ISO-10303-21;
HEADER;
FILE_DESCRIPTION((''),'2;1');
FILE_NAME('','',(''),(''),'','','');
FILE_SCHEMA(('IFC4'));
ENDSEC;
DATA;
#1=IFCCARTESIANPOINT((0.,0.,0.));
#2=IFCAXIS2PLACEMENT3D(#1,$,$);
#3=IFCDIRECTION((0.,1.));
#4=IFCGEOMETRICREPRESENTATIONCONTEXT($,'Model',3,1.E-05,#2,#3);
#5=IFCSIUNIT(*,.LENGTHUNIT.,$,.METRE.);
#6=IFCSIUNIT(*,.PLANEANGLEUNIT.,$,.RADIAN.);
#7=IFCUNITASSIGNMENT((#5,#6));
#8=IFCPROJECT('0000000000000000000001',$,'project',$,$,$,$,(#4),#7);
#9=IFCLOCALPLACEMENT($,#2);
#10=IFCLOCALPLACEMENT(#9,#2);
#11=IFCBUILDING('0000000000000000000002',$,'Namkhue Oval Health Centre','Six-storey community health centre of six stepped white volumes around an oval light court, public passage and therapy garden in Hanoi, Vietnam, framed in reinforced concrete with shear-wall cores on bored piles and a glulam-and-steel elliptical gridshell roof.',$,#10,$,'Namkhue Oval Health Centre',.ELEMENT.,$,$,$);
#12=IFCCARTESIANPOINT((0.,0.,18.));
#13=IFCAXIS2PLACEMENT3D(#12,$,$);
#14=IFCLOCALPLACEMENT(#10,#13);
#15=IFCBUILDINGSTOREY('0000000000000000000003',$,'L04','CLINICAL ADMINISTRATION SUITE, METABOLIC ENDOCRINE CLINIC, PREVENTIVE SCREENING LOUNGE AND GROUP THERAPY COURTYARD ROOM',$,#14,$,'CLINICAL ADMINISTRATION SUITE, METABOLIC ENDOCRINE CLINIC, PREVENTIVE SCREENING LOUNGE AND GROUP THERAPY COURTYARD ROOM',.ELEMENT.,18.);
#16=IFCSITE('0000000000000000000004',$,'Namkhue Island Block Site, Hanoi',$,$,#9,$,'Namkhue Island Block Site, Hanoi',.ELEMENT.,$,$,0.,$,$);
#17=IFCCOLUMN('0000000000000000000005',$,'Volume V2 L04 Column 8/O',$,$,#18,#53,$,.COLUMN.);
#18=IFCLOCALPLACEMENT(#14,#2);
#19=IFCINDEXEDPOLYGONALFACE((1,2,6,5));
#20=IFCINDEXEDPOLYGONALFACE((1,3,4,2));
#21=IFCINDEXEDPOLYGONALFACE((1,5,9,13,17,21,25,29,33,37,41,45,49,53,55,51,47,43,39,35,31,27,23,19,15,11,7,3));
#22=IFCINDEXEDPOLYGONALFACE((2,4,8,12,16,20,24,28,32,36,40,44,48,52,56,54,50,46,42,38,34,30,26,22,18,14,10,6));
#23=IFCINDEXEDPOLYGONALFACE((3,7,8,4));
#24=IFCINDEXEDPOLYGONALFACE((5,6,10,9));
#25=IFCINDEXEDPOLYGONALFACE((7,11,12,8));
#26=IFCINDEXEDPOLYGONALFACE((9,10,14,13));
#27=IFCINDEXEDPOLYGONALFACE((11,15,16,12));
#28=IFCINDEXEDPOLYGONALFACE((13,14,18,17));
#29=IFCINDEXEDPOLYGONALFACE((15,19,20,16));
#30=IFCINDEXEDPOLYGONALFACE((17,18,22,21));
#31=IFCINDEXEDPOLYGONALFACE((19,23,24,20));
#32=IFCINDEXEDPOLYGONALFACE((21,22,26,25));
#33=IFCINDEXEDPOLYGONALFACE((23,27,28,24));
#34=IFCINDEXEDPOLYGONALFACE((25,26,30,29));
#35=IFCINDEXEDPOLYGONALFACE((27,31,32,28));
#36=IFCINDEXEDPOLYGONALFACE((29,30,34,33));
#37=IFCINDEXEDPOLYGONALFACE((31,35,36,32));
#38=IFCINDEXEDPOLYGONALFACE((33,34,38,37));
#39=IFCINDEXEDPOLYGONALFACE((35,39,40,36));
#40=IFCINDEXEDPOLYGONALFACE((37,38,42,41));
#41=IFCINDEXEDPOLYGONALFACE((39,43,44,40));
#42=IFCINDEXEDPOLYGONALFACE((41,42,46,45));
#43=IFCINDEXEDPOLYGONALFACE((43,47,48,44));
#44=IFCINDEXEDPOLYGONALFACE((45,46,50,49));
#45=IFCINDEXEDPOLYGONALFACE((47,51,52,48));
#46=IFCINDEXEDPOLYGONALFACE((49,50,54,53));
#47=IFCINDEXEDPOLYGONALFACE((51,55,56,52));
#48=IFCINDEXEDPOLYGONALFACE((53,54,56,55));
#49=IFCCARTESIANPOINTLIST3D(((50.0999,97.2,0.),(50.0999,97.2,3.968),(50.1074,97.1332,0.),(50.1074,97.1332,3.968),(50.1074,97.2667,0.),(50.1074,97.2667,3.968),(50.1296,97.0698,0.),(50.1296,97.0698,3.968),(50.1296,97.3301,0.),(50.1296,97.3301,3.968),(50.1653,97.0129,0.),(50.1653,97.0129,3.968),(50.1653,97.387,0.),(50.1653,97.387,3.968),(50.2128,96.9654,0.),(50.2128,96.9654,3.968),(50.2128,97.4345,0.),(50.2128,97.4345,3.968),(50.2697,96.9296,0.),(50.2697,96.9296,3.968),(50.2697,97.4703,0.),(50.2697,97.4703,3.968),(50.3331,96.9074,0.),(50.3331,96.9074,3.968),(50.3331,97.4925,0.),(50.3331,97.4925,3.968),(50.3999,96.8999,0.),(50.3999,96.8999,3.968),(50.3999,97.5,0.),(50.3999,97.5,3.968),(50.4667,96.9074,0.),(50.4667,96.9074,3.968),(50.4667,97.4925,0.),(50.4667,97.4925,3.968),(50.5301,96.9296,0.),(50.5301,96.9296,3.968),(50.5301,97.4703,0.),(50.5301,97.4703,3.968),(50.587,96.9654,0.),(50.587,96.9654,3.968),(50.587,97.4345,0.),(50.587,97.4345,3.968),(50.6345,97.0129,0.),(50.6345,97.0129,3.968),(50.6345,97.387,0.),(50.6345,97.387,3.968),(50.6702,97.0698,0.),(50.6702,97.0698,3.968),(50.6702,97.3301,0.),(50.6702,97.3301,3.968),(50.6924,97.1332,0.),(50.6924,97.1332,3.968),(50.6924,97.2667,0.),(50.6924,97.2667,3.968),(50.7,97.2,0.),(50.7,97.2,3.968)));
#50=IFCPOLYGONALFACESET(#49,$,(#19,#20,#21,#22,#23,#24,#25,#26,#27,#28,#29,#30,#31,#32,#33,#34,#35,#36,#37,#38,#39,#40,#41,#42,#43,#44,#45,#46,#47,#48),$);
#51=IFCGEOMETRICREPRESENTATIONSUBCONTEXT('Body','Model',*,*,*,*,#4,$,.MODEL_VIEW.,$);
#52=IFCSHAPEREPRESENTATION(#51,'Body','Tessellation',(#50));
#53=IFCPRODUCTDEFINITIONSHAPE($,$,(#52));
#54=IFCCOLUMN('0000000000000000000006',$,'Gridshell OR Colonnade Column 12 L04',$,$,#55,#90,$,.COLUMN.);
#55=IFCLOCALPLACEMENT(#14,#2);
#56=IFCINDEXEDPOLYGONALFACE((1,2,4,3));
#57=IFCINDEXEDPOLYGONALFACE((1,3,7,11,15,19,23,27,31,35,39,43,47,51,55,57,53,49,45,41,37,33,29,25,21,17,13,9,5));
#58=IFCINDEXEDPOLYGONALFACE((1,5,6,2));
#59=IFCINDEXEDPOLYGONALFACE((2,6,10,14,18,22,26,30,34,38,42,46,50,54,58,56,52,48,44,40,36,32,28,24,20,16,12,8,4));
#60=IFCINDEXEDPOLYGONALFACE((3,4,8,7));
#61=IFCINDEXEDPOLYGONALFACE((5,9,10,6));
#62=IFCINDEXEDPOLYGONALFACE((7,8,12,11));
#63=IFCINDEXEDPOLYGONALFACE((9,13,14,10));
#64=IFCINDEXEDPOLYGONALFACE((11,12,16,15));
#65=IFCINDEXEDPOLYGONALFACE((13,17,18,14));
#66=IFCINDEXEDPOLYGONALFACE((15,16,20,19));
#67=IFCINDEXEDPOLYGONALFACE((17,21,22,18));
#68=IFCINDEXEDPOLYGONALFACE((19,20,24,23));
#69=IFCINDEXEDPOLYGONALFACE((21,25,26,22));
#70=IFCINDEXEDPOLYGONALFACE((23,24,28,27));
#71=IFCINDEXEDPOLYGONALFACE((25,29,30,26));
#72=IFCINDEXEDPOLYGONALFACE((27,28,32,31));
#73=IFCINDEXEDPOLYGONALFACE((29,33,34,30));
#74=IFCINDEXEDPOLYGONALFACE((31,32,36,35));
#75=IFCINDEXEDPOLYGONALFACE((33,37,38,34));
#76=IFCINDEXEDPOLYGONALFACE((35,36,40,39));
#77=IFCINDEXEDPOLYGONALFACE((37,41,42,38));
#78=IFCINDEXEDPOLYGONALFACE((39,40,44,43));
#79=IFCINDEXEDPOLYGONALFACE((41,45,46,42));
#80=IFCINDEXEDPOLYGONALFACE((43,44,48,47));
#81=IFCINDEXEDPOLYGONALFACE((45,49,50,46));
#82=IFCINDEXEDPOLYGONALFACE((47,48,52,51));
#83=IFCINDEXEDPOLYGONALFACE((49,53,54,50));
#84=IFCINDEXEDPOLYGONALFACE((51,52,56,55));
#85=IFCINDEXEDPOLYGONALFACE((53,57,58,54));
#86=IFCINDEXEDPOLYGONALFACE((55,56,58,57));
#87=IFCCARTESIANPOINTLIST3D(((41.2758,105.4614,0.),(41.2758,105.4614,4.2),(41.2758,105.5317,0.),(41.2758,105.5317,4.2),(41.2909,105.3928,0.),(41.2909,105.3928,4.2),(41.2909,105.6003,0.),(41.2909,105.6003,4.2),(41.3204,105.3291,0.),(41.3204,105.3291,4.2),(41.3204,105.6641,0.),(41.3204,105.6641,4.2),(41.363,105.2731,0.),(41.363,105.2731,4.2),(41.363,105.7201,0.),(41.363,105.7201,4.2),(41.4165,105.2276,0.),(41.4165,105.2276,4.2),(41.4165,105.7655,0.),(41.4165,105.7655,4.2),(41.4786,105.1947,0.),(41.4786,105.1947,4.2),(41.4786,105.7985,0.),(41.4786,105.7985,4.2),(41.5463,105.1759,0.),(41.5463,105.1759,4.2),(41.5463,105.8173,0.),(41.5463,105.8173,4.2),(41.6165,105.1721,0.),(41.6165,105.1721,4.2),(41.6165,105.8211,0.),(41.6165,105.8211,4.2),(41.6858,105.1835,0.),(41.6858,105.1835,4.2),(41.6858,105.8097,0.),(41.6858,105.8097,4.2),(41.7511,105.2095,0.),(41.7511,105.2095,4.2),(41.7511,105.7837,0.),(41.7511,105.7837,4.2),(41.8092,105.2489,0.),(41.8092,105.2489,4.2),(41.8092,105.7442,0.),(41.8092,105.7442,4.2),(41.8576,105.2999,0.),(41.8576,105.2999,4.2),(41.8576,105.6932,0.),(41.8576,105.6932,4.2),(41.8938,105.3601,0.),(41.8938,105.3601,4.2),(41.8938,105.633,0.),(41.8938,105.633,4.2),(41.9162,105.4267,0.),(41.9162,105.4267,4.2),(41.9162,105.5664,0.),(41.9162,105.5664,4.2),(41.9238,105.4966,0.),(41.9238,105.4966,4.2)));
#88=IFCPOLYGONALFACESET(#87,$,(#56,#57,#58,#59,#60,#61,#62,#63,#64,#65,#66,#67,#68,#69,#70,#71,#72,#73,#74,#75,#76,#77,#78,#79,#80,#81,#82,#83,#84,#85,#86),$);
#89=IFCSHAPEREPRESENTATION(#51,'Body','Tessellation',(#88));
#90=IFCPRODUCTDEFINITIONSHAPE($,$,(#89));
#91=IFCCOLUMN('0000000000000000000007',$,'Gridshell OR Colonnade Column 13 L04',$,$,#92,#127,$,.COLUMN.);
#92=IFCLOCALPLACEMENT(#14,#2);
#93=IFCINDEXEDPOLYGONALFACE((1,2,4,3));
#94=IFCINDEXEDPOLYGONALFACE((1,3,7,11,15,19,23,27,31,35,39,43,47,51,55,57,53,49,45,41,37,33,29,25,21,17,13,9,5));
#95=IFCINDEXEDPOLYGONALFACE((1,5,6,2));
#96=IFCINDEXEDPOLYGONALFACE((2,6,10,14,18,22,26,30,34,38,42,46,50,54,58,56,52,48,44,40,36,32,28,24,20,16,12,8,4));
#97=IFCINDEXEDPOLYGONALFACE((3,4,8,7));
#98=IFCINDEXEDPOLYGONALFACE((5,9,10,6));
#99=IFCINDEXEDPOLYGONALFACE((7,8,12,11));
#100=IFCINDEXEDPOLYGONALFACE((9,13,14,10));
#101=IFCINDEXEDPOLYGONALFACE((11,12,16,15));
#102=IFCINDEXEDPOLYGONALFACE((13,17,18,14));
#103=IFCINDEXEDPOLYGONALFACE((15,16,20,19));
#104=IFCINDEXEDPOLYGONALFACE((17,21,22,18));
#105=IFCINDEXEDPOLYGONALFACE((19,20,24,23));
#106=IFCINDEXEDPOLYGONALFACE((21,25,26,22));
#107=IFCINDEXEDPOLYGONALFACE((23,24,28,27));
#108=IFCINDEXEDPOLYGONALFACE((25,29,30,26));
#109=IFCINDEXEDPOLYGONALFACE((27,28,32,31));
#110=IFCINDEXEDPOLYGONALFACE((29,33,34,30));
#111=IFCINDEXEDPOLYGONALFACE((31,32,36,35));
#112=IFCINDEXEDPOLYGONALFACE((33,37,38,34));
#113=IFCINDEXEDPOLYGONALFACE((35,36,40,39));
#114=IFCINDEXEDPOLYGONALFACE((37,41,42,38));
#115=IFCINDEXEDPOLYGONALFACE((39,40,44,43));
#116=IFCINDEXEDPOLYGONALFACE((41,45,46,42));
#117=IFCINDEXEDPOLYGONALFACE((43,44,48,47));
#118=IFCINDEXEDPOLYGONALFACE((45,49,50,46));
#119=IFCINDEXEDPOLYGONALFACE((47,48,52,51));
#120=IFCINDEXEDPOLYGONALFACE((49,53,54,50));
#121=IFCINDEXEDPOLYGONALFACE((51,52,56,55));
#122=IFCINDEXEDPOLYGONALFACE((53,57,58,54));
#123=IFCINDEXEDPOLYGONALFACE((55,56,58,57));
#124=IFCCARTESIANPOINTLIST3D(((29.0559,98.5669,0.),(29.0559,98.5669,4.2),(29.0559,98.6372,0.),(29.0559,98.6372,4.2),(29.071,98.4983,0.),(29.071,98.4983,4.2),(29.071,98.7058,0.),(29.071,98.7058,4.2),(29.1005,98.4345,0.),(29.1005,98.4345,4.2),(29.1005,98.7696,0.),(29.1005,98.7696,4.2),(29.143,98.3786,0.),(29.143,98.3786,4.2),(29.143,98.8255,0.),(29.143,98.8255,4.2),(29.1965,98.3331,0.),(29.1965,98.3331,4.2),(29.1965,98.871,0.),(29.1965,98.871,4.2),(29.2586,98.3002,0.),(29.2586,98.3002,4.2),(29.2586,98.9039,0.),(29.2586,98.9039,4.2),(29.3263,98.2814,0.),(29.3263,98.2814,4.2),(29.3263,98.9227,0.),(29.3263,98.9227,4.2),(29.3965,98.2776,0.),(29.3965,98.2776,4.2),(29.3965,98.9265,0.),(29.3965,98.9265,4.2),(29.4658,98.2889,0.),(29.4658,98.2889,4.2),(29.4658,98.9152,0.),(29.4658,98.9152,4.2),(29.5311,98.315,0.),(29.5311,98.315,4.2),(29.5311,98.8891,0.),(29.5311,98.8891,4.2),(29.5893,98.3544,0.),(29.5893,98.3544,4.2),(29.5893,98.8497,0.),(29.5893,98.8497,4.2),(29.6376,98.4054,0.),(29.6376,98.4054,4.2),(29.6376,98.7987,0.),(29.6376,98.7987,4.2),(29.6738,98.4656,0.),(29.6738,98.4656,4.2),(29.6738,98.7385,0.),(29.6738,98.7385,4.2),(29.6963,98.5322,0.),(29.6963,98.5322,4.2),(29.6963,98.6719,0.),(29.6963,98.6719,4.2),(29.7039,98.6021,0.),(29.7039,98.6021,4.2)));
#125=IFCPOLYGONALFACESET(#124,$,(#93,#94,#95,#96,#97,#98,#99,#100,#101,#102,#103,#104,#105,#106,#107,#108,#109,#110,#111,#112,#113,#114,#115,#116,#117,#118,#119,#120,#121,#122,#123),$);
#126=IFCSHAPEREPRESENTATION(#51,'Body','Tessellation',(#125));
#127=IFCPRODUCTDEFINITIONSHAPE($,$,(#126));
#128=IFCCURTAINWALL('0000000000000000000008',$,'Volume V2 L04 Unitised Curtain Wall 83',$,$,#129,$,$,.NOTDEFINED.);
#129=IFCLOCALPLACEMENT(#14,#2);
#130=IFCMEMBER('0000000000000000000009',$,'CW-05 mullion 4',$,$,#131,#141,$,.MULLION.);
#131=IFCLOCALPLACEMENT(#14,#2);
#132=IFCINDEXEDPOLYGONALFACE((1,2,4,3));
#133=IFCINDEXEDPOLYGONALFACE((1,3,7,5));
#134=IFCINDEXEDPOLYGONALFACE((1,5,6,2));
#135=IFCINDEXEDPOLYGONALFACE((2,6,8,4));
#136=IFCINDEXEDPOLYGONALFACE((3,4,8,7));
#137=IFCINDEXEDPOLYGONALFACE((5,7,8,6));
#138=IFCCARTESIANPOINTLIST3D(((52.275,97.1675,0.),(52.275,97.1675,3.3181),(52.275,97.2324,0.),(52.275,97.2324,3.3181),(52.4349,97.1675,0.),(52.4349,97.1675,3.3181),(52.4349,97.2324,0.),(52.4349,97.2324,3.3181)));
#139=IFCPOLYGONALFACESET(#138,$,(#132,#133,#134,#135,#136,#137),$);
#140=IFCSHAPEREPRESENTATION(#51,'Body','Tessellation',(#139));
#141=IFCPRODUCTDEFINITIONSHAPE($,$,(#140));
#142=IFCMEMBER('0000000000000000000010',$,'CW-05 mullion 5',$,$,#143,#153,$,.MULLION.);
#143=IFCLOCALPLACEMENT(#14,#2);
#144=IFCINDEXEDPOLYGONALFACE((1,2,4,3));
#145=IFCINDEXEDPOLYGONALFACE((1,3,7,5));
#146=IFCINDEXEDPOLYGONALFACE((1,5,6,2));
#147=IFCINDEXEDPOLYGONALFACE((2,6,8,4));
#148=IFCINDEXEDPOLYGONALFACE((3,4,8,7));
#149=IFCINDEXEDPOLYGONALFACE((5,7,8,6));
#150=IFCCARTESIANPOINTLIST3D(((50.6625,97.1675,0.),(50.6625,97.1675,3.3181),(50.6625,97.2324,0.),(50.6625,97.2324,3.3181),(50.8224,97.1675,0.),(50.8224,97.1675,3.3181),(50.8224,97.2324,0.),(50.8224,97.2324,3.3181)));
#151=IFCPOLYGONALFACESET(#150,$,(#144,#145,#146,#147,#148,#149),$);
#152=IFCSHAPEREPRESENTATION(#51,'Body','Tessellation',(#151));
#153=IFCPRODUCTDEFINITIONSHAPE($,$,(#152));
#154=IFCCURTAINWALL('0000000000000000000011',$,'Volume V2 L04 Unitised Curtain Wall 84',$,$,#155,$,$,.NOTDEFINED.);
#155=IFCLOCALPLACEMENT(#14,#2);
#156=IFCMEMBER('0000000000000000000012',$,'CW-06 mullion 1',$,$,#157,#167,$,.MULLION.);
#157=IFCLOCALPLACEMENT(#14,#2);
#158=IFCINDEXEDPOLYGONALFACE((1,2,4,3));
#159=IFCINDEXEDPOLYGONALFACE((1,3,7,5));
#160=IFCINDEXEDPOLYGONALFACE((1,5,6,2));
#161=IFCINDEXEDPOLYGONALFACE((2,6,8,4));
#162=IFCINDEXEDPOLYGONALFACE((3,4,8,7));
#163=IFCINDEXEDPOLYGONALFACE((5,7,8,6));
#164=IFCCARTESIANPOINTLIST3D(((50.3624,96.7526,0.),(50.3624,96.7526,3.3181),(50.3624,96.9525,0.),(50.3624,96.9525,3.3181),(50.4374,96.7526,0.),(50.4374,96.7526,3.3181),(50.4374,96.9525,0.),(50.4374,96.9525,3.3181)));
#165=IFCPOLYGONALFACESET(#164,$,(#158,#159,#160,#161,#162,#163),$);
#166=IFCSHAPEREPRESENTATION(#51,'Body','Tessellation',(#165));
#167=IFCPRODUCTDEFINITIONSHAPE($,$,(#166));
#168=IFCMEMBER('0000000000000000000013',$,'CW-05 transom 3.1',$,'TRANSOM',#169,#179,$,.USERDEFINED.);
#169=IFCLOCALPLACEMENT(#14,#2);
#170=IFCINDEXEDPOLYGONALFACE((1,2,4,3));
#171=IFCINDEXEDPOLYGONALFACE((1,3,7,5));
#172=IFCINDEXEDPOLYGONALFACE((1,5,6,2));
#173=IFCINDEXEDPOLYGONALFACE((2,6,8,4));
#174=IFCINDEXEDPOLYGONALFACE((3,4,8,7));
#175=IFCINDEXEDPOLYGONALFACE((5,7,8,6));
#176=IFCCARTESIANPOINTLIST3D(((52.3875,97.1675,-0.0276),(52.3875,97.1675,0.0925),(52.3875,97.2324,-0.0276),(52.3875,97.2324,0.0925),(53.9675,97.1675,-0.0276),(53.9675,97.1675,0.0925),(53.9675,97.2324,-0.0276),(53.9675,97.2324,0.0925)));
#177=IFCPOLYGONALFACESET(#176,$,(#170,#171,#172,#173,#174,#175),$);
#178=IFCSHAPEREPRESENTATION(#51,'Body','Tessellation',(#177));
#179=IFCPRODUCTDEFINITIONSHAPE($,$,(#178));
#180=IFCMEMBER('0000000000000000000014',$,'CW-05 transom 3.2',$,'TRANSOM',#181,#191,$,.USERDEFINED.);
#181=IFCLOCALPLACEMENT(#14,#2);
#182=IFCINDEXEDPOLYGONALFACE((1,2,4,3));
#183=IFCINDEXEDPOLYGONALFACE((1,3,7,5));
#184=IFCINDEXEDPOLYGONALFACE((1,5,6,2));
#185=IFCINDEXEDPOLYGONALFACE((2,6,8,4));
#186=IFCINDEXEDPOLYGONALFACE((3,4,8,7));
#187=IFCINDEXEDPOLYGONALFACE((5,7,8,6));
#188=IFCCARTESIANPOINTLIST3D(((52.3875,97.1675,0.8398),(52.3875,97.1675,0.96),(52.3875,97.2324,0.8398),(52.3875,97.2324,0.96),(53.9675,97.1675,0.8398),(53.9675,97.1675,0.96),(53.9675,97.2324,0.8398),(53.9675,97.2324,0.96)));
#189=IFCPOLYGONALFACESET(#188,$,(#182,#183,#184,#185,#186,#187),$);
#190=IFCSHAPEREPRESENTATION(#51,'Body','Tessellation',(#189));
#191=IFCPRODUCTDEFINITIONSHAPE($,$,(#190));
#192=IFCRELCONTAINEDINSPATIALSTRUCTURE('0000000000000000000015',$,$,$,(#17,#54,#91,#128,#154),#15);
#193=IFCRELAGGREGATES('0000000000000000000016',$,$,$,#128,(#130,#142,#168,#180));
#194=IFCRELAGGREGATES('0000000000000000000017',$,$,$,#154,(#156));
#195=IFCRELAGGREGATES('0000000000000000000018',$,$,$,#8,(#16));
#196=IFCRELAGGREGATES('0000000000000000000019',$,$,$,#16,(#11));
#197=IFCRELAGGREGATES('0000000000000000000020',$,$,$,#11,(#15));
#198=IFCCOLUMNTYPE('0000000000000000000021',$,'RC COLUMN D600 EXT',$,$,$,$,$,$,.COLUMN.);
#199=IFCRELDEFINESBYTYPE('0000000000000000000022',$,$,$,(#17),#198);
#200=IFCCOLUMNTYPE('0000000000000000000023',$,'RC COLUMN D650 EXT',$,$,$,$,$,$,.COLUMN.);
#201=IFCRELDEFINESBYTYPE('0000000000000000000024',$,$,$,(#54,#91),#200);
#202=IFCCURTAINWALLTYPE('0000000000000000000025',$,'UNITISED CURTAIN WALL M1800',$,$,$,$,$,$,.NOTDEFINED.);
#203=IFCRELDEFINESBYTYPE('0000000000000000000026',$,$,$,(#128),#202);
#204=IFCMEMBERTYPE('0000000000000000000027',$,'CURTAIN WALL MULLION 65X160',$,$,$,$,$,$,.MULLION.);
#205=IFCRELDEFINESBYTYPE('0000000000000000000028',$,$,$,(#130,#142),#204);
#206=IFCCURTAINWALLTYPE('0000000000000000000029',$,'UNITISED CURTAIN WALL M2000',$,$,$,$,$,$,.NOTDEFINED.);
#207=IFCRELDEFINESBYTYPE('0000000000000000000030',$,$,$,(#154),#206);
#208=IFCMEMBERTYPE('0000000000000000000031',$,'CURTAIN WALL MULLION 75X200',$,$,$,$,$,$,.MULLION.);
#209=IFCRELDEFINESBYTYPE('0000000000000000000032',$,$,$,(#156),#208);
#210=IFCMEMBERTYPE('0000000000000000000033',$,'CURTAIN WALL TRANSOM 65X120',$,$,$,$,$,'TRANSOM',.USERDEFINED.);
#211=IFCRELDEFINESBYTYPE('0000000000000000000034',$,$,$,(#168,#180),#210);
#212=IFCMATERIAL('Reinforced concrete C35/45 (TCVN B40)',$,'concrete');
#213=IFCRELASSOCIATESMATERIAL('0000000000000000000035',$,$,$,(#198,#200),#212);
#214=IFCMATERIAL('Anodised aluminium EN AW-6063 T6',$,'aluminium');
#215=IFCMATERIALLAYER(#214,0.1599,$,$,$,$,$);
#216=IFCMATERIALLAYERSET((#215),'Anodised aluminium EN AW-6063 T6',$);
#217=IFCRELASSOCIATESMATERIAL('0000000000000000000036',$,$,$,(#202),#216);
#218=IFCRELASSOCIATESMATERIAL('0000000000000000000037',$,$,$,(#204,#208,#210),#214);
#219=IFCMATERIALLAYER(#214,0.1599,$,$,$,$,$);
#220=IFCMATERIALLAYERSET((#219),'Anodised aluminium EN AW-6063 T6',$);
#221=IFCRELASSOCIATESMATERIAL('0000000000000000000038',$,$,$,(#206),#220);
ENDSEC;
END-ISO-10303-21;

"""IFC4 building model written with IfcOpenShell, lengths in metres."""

from ifc_helpers import new_model, si_unit, direction, frame, origin, origin_2d, place, context, subcontext, project, spatial, rectangle, circle, extrude, material, layer, layer_set, material_profile, profile_set, type_object, element, aggregate, save


model = new_model("IFC4")

# Units and contexts
model_context = context("Model", 3, precision=1e-05, world=origin(), true_north=direction((0.0, 1.0)))
body_context = subcontext(model_context, "Body", "Model", "MODEL_VIEW")
ifc_project = project(units=[si_unit("LENGTHUNIT", "METRE"), si_unit("PLANEANGLEUNIT", "RADIAN")], contexts=[model_context])

# Site, building, storey
site_placement = place(None, origin())
site = spatial("IfcSite", under=ifc_project, at=site_placement, Name="Namkhue Island Block Site, Hanoi", LongName="Namkhue Island Block Site, Hanoi", CompositionType="ELEMENT", RefElevation=0.0)
building_placement = place(site_placement, origin())
building = spatial("IfcBuilding", under=site, at=building_placement, Name="Namkhue Oval Health Centre", Description="Six-storey community health centre of six stepped white volumes around an oval light court, public passage and therapy garden in Hanoi, Vietnam, framed in reinforced concrete with shear-wall cores on bored piles and a glulam-and-steel elliptical gridshell roof.", LongName="Namkhue Oval Health Centre", CompositionType="ELEMENT")
storey_placement = place(building_placement, frame((0.0, 0.0, 18.0)))
storey = spatial("IfcBuildingStorey", under=building, at=storey_placement, Name="L04", Description="CLINICAL ADMINISTRATION SUITE, METABOLIC ENDOCRINE CLINIC, PREVENTIVE SCREENING LOUNGE AND GROUP THERAPY COURTYARD ROOM", LongName="CLINICAL ADMINISTRATION SUITE, METABOLIC ENDOCRINE CLINIC, PREVENTIVE SCREENING LOUNGE AND GROUP THERAPY COURTYARD ROOM", CompositionType="ELEMENT", Elevation=18.0)

# Columns
ifc_material_1 = material(Name="Reinforced concrete C35/45 (TCVN B40)", Category="concrete")
ifc_material_profile_1 = material_profile(ifc_material_1, circle(Radius=0.3, at=origin_2d()), Name="RC D600")
ifc_profile_set_1 = profile_set([ifc_material_profile_1], Name="Reinforced concrete C35/45 (TCVN B40)")
column_type_1 = type_object("IfcColumnType", Name="RC COLUMN D600 EXT", PredefinedType="COLUMN", material=ifc_profile_set_1)
column_placement = place(storey_placement, frame((50.3999, 97.2, 0.0), z_axis=(0.0, 0.0, 1.0), x_axis=(1.0, 0.0, 0.0)))
element("IfcColumn", 1, at=column_placement, inside=storey, type_object=column_type_1, Name="Volume V2 L04 Column 8/O", PredefinedType="COLUMN", context=body_context, shape_type="SweptSolid", body=[
    extrude(circle(Radius=0.3, at=origin_2d()), origin(), (0.0, 0.0, 1.0), 3.968),
])
ifc_material_profile_2 = material_profile(ifc_material_1, circle(Radius=0.325, at=origin_2d()), Name="RC D650")
ifc_profile_set_2 = profile_set([ifc_material_profile_2], Name="Reinforced concrete C35/45 (TCVN B40)")
column_type_2 = type_object("IfcColumnType", Name="RC COLUMN D650 EXT", PredefinedType="COLUMN", material=ifc_profile_set_2)
for number, where, z_axis, x_axis, name in (
    (2, (41.5989, 105.4966, 0.0), (0.0, 0.0, 1.0), (1.0, 0.0, 0.0), "Gridshell OR Colonnade Column 12 L04"),
    (3, (29.3789, 98.6021, 0.0), (0.0, 0.0, 1.0), (1.0, 0.0, 0.0), "Gridshell OR Colonnade Column 13 L04"),
):
    element("IfcColumn", number, at=place(storey_placement, frame(where, z_axis=z_axis, x_axis=x_axis)), inside=storey, type_object=column_type_2, Name=name, PredefinedType="COLUMN", context=body_context, shape_type="SweptSolid", body=[
        extrude(circle(Radius=0.325, at=origin_2d()), origin(), (0.0, 0.0, 1.0), 4.2),
    ])

# Curtain wall, members
ifc_material_2 = material(Name="Anodised aluminium EN AW-6063 T6", Category="aluminium")
ifc_layer_1 = layer(ifc_material_2, 0.1599)
ifc_layer_set_1 = layer_set([ifc_layer_1], Name="Anodised aluminium EN AW-6063 T6")
curtain_wall_type_1 = type_object("IfcCurtainWallType", Name="UNITISED CURTAIN WALL M1800", PredefinedType="NOTDEFINED", material=ifc_layer_set_1)
curtain_wall_1_placement = place(storey_placement, origin())
curtain_wall_1 = element("IfcCurtainWall", 4, at=curtain_wall_1_placement, inside=storey, type_object=curtain_wall_type_1, Name="Volume V2 L04 Unitised Curtain Wall 83", PredefinedType="NOTDEFINED")
ifc_material_profile_3 = material_profile(ifc_material_2, rectangle(XDim=0.0649, YDim=0.1599, at=origin_2d()), Name="ALU 65x160")
ifc_profile_set_3 = profile_set([ifc_material_profile_3], Name="Anodised aluminium EN AW-6063 T6")
member_type_1 = type_object("IfcMemberType", Name="CURTAIN WALL MULLION 65X160", PredefinedType="MULLION", material=ifc_profile_set_3)
member_1_placement = place(storey_placement, frame((52.355, 97.2, 0.0), z_axis=(0.0, 0.0, 1.0), x_axis=(0.0, -1.0, 0.0)))
member_1 = element("IfcMember", 5, at=member_1_placement, type_object=member_type_1, Name="CW-05 mullion 4", PredefinedType="MULLION", context=body_context, shape_type="SweptSolid", body=[
    extrude(rectangle(XDim=0.0649, YDim=0.1599, at=origin_2d()), origin(), (0.0, 0.0, 1.0), 3.3181),
])
member_2_placement = place(storey_placement, frame((50.7424, 97.2, 0.0), z_axis=(0.0, 0.0, 1.0), x_axis=(0.0, -1.0, 0.0)))
member_2 = element("IfcMember", 6, at=member_2_placement, type_object=member_type_1, Name="CW-05 mullion 5", PredefinedType="MULLION", context=body_context, shape_type="SweptSolid", body=[
    extrude(rectangle(XDim=0.0649, YDim=0.1599, at=origin_2d()), origin(), (0.0, 0.0, 1.0), 3.3181),
])

# Curtain wall, member
ifc_layer_2 = layer(ifc_material_2, 0.1599)
ifc_layer_set_2 = layer_set([ifc_layer_2], Name="Anodised aluminium EN AW-6063 T6")
curtain_wall_type_2 = type_object("IfcCurtainWallType", Name="UNITISED CURTAIN WALL M2000", PredefinedType="NOTDEFINED", material=ifc_layer_set_2)
curtain_wall_2_placement = place(storey_placement, origin())
curtain_wall_2 = element("IfcCurtainWall", 7, at=curtain_wall_2_placement, inside=storey, type_object=curtain_wall_type_2, Name="Volume V2 L04 Unitised Curtain Wall 84", PredefinedType="NOTDEFINED")
ifc_material_profile_4 = material_profile(ifc_material_2, rectangle(XDim=0.075, YDim=0.2, at=origin_2d()), Name="ALU 75x200")
ifc_profile_set_4 = profile_set([ifc_material_profile_4], Name="Anodised aluminium EN AW-6063 T6")
member_type_2 = type_object("IfcMemberType", Name="CURTAIN WALL MULLION 75X200", PredefinedType="MULLION", material=ifc_profile_set_4)
member_3_placement = place(storey_placement, frame((50.3999, 96.8525, 0.0), z_axis=(0.0, 0.0, 1.0), x_axis=(1.0, 0.0, 0.0)))
member_3 = element("IfcMember", 8, at=member_3_placement, type_object=member_type_2, Name="CW-06 mullion 1", PredefinedType="MULLION", context=body_context, shape_type="SweptSolid", body=[
    extrude(rectangle(XDim=0.075, YDim=0.2, at=origin_2d()), origin(), (0.0, 0.0, 1.0), 3.3181),
])

# Members
ifc_material_profile_5 = material_profile(ifc_material_2, rectangle(XDim=0.0649, YDim=0.1201, at=origin_2d()), Name="ALU 65x120")
ifc_profile_set_5 = profile_set([ifc_material_profile_5], Name="Anodised aluminium EN AW-6063 T6")
member_type_3 = type_object("IfcMemberType", Name="CURTAIN WALL TRANSOM 65X120", ElementType="TRANSOM", PredefinedType="USERDEFINED", material=ifc_profile_set_5)
member_4_placement = place(storey_placement, frame((53.9675, 97.2, 0.0325), z_axis=(-1.0, 0.0, 0.0), x_axis=(0.0, -1.0, 0.0)))
member_4 = element("IfcMember", 9, at=member_4_placement, type_object=member_type_3, Name="CW-05 transom 3.1", ObjectType="TRANSOM", PredefinedType="USERDEFINED", context=body_context, shape_type="SweptSolid", body=[
    extrude(rectangle(XDim=0.0649, YDim=0.1201, at=origin_2d()), origin(), (0.0, 0.0, 1.0), 1.5801),
])
member_5_placement = place(storey_placement, frame((53.9675, 97.2, 0.8999), z_axis=(-1.0, 0.0, 0.0), x_axis=(0.0, -1.0, 0.0)))
member_5 = element("IfcMember", 10, at=member_5_placement, type_object=member_type_3, Name="CW-05 transom 3.2", ObjectType="TRANSOM", PredefinedType="USERDEFINED", context=body_context, shape_type="SweptSolid", body=[
    extrude(rectangle(XDim=0.0649, YDim=0.1201, at=origin_2d()), origin(), (0.0, 0.0, 1.0), 1.5801),
])

aggregate(curtain_wall_1, [member_1, member_2, member_4, member_5])
aggregate(curtain_wall_2, [member_3])

save(model, "model.ifc")
